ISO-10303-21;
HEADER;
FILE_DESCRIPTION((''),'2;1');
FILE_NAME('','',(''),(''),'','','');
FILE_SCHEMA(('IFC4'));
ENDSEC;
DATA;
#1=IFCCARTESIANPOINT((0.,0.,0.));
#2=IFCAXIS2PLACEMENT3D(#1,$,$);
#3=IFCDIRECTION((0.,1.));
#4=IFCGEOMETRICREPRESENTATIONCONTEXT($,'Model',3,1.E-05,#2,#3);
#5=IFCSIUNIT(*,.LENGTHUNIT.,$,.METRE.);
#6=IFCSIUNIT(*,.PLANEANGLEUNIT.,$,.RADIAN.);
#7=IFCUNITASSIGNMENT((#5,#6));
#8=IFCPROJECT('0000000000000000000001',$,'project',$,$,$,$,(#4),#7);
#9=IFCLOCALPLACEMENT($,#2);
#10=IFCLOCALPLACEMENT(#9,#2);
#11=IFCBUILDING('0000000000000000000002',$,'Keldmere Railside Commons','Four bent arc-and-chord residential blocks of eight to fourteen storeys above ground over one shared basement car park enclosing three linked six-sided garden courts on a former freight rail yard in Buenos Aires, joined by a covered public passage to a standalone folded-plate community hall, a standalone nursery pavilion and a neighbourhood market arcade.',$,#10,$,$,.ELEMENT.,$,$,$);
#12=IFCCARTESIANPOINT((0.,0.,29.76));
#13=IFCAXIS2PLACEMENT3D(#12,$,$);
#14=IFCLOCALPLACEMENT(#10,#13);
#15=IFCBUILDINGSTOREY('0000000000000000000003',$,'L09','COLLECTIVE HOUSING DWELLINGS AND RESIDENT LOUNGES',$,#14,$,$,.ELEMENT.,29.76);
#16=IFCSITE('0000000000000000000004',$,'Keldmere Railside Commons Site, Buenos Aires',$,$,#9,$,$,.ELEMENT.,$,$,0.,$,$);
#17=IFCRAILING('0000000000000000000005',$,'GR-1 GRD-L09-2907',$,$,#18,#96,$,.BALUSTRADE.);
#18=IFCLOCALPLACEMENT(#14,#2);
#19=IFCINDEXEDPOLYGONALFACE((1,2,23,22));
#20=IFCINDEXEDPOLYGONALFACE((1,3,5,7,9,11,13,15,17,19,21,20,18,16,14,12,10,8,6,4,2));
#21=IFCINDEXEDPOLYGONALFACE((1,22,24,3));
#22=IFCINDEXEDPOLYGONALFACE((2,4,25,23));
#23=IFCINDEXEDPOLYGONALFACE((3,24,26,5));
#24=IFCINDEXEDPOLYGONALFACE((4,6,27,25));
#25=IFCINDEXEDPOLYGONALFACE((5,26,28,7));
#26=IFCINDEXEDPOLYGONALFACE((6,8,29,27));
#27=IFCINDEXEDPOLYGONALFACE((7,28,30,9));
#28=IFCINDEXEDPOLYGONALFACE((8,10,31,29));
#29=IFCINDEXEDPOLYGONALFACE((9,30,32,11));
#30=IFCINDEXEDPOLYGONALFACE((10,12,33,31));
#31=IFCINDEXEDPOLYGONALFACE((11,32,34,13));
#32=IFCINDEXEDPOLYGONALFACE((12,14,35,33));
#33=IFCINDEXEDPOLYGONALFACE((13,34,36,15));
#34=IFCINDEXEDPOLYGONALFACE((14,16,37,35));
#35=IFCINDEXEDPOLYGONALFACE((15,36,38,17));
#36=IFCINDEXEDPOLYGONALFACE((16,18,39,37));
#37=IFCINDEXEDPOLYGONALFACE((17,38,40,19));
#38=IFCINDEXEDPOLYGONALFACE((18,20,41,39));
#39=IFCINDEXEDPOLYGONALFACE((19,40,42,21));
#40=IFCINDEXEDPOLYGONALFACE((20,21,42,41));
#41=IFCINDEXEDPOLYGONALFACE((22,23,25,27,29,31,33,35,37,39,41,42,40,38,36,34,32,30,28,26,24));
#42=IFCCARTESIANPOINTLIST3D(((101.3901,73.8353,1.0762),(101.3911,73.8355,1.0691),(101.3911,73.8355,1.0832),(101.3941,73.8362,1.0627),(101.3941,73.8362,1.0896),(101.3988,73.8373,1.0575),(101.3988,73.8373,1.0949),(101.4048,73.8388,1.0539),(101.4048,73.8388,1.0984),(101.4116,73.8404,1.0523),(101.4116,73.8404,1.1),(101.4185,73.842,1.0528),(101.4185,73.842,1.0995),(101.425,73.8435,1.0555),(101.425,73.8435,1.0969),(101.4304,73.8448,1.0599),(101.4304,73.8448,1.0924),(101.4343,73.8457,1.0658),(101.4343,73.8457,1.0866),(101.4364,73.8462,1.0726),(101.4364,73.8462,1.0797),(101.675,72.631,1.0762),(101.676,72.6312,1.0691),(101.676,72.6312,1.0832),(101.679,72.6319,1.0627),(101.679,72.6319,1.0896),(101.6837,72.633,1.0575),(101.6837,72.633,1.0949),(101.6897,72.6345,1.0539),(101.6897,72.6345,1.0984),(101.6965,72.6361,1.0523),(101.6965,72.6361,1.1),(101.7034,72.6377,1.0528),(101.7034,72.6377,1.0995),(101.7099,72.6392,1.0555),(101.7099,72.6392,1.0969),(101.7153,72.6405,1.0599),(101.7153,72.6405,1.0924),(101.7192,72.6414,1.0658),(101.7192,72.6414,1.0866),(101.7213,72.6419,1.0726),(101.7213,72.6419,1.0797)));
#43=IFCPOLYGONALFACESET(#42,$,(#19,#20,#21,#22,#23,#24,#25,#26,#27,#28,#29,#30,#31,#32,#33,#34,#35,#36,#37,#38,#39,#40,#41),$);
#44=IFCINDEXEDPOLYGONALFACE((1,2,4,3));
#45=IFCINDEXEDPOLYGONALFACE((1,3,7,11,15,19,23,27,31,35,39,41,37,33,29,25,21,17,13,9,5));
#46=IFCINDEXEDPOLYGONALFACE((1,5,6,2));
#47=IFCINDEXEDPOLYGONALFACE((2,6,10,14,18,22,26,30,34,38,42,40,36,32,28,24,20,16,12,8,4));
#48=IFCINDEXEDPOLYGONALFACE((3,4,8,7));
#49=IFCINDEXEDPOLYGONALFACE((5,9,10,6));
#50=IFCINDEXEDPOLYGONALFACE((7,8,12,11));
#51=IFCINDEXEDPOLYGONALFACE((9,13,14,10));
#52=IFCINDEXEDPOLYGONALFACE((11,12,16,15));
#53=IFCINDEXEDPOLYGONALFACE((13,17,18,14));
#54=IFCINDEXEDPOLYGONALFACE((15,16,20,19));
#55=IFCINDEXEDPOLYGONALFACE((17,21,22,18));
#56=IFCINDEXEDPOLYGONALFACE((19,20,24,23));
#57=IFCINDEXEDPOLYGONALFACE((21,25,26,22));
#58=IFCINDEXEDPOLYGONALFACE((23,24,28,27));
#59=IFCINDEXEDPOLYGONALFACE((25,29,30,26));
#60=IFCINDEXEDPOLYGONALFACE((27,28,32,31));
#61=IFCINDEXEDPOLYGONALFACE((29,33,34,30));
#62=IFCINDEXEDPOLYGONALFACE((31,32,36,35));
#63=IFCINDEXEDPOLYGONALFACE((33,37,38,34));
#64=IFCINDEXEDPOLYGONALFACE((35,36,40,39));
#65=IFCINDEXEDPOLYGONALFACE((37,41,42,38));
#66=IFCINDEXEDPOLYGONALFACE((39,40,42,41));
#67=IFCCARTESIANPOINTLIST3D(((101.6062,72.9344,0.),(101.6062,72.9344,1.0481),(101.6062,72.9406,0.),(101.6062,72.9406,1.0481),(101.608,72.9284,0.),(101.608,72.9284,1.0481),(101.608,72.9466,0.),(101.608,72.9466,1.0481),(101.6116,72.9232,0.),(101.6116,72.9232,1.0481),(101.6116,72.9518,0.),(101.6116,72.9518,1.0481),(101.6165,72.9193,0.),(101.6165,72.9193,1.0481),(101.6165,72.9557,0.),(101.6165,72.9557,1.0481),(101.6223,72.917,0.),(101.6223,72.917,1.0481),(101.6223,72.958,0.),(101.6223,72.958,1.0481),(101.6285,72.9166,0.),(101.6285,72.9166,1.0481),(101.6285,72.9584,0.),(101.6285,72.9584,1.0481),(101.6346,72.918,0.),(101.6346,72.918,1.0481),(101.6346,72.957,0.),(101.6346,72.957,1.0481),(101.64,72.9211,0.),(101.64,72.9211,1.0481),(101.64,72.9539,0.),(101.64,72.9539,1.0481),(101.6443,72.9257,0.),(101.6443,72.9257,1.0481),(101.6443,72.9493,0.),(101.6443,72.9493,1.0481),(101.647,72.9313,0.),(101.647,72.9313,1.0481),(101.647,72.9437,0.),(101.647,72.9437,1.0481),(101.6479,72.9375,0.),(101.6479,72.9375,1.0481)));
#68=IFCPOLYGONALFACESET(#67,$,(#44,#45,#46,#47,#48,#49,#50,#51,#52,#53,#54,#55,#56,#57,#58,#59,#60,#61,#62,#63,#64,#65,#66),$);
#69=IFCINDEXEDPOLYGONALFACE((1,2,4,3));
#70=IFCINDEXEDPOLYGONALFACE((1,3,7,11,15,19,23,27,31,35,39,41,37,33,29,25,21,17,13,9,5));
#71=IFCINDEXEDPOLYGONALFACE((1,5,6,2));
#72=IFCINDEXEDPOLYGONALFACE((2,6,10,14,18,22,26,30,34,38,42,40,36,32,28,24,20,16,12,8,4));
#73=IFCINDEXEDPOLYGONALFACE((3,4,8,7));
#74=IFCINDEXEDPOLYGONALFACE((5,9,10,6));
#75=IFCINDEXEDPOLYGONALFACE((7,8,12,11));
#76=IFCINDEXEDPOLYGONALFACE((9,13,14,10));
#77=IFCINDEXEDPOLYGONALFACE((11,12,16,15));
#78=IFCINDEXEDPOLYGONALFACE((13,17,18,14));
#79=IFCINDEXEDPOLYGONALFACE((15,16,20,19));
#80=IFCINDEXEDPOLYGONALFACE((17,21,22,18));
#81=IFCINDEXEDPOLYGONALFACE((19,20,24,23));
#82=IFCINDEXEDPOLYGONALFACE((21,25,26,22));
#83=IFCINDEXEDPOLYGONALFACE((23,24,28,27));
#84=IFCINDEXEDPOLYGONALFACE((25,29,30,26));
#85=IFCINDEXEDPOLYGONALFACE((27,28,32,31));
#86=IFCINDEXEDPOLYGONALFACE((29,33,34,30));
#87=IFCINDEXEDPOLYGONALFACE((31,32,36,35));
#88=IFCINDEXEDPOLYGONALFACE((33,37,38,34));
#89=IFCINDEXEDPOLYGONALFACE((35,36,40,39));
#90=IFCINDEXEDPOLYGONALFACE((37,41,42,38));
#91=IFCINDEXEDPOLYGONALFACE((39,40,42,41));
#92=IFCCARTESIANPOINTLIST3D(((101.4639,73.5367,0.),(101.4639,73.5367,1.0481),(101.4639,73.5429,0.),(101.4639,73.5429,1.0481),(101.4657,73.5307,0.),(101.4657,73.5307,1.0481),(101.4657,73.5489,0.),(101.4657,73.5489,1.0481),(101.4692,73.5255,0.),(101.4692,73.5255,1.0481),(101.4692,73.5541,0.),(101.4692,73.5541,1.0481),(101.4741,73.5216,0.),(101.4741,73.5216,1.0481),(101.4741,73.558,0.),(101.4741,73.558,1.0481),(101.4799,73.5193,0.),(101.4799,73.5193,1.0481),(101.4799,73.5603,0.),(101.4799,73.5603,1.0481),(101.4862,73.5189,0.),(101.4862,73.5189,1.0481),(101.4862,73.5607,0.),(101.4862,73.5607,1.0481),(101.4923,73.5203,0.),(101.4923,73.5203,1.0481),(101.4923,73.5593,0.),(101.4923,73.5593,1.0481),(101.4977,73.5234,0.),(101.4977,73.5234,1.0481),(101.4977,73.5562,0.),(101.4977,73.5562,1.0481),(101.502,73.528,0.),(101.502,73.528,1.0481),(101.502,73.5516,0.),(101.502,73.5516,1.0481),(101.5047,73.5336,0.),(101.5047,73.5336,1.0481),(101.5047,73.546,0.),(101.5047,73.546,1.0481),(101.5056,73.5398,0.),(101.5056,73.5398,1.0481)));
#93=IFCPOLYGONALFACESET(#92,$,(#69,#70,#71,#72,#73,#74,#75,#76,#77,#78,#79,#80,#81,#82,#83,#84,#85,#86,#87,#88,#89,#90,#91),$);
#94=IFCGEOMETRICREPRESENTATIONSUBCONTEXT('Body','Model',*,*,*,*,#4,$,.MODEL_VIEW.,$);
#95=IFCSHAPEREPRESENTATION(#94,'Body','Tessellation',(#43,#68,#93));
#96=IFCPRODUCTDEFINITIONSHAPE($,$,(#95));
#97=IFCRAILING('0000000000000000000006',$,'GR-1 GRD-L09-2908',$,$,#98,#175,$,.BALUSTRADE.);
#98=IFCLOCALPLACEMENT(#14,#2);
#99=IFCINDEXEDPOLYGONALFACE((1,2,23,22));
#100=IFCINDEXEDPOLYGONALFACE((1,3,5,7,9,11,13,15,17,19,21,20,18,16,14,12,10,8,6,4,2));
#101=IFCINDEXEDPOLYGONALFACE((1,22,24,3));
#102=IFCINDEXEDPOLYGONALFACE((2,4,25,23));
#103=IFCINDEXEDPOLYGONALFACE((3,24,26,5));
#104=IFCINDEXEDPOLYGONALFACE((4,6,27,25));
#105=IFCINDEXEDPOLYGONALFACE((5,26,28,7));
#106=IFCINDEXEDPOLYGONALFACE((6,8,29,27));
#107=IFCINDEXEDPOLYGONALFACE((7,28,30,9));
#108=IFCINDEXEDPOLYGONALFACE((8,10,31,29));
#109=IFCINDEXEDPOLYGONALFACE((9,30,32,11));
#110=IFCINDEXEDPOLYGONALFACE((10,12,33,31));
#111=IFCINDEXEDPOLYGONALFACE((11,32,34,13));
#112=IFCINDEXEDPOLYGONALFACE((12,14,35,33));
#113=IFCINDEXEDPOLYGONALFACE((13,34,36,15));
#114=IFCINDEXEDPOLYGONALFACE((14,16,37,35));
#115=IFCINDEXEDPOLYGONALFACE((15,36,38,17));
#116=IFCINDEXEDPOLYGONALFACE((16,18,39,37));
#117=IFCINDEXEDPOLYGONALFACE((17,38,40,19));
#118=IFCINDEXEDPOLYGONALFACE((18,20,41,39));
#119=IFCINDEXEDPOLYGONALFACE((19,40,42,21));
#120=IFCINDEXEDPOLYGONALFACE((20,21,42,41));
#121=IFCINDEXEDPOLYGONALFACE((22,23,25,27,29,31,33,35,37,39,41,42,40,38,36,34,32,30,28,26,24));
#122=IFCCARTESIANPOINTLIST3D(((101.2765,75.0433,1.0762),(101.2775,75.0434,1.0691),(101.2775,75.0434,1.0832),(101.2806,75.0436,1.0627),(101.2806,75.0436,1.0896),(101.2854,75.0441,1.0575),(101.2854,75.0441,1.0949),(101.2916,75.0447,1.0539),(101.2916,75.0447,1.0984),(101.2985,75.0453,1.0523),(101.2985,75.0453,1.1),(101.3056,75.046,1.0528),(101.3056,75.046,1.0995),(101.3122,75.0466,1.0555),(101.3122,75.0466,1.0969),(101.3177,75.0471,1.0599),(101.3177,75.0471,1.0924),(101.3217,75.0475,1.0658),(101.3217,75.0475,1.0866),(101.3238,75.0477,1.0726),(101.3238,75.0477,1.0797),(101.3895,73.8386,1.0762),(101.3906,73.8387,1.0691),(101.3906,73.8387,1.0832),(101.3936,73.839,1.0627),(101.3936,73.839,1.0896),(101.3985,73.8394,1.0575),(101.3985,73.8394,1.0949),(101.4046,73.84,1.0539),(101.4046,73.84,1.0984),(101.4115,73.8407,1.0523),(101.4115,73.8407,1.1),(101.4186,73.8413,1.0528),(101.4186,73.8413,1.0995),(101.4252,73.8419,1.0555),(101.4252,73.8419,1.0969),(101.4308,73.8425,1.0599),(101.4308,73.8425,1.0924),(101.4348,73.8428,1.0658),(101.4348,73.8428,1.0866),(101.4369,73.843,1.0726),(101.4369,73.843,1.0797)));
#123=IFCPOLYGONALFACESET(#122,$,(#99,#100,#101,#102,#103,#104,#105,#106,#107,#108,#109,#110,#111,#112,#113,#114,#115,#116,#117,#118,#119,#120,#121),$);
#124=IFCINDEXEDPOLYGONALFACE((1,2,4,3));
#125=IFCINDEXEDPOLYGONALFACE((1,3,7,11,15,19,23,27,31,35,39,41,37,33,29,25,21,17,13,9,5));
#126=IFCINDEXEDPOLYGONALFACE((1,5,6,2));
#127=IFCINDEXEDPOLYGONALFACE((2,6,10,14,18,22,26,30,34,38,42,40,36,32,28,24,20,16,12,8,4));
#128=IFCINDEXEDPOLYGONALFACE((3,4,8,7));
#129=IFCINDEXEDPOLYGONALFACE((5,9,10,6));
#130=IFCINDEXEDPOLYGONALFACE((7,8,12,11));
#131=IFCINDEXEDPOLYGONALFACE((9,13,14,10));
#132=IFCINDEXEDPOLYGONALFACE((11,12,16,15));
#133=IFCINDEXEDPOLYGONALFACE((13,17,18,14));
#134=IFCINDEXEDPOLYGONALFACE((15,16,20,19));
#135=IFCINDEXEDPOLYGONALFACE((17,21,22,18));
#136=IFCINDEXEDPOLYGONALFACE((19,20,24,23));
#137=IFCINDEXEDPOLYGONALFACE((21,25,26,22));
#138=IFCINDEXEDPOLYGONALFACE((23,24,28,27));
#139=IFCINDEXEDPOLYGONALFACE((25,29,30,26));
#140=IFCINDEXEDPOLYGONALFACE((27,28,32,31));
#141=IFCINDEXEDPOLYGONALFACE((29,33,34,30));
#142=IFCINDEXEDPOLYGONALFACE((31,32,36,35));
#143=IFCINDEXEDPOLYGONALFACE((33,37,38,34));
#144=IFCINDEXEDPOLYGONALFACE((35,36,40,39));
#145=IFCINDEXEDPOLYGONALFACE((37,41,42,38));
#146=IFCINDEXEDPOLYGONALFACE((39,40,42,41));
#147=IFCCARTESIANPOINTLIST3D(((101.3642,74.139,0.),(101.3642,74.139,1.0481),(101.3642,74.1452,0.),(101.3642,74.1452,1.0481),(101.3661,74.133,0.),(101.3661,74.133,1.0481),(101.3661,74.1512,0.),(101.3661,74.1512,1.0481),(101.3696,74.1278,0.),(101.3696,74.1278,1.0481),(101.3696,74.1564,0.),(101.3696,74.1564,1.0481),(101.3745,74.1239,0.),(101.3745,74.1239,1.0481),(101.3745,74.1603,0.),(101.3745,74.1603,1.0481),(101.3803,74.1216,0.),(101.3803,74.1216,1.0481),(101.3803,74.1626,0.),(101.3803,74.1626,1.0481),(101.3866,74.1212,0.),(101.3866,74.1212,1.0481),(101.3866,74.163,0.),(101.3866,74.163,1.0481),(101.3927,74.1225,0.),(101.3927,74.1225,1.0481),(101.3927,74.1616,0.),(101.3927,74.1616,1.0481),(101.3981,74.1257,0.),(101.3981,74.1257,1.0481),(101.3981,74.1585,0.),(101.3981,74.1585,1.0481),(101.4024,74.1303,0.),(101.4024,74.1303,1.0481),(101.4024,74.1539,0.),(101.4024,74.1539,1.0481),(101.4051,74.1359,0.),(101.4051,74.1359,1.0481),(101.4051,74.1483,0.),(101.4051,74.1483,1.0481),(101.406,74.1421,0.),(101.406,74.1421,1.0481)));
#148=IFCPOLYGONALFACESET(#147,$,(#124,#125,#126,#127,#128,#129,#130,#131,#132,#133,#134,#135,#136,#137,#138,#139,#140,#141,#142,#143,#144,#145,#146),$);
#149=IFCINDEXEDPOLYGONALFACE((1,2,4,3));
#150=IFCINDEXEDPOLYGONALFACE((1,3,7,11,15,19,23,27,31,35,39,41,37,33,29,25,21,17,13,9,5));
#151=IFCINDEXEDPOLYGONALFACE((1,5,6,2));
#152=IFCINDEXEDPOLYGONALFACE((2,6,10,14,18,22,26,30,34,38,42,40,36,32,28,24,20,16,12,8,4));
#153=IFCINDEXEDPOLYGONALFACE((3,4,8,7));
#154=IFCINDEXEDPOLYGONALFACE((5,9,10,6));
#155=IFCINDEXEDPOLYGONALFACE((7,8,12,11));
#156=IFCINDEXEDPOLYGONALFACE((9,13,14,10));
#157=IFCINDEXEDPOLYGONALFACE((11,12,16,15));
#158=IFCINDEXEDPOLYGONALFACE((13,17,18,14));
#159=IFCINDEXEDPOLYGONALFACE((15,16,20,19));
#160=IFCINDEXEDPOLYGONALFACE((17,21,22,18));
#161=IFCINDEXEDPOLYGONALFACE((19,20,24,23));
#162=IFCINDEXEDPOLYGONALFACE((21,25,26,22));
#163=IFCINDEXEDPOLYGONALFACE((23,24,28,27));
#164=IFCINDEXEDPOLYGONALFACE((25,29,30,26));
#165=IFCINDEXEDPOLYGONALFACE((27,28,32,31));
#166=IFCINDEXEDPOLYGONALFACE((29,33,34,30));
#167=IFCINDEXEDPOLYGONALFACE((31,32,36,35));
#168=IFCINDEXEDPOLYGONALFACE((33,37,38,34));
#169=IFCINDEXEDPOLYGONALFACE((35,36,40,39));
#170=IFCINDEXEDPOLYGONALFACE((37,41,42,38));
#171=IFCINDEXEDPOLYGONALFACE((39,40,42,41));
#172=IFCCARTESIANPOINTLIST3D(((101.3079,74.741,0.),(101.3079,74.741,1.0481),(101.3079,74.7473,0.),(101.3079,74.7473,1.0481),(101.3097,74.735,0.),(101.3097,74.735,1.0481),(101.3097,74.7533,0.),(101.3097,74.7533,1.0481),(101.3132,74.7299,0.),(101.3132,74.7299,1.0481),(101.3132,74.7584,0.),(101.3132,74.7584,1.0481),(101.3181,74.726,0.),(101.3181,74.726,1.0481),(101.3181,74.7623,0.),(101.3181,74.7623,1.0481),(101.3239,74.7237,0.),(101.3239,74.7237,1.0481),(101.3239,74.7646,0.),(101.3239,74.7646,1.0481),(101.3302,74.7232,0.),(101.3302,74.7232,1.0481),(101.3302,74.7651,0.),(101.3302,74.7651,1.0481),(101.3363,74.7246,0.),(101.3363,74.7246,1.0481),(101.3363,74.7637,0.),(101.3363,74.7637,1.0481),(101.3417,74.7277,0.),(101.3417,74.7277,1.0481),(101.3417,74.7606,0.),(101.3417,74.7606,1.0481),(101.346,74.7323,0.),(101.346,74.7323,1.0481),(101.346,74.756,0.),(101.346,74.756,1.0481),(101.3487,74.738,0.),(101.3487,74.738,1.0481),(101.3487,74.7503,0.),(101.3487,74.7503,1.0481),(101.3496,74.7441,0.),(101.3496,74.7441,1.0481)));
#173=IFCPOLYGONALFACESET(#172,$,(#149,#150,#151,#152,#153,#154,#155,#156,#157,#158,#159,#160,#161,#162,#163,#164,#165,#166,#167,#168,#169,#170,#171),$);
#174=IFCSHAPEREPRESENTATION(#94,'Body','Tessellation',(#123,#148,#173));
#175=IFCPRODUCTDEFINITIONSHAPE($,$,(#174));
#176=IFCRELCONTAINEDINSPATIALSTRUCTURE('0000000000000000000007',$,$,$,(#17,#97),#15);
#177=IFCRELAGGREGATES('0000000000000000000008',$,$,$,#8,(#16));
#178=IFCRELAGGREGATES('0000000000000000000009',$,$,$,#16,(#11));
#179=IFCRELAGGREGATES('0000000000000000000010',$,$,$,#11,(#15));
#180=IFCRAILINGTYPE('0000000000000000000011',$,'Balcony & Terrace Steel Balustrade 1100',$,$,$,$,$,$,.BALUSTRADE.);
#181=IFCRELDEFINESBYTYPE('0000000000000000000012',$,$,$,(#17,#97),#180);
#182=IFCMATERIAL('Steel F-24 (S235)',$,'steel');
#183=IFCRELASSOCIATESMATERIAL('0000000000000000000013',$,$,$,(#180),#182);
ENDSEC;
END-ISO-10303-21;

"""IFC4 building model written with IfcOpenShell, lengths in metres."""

from ifc_helpers import new_model, si_unit, direction, frame, origin, origin_2d, place, context, subcontext, project, spatial, circle, extrude, material, type_object, element, save


model = new_model("IFC4")

# Units and contexts
model_context = context("Model", 3, precision=1e-05, world=origin(), true_north=direction((0.0, 1.0)))
body_context = subcontext(model_context, "Body", "Model", "MODEL_VIEW")
ifc_project = project(units=[si_unit("LENGTHUNIT", "METRE"), si_unit("PLANEANGLEUNIT", "RADIAN")], contexts=[model_context])

# Site, building, storey
site_placement = place(None, origin())
site = spatial("IfcSite", under=ifc_project, at=site_placement, Name="Keldmere Railside Commons Site, Buenos Aires", CompositionType="ELEMENT", RefElevation=0.0)
building_placement = place(site_placement, origin())
building = spatial("IfcBuilding", under=site, at=building_placement, Name="Keldmere Railside Commons", Description="Four bent arc-and-chord residential blocks of eight to fourteen storeys above ground over one shared basement car park enclosing three linked six-sided garden courts on a former freight rail yard in Buenos Aires, joined by a covered public passage to a standalone folded-plate community hall, a standalone nursery pavilion and a neighbourhood market arcade.", CompositionType="ELEMENT")
storey_placement = place(building_placement, frame((0.0, 0.0, 29.76)))
storey = spatial("IfcBuildingStorey", under=building, at=storey_placement, Name="L09", Description="COLLECTIVE HOUSING DWELLINGS AND RESIDENT LOUNGES", CompositionType="ELEMENT", Elevation=29.76)

# Railings
ifc_material_1 = material(Name="Steel F-24 (S235)", Category="steel")
railing_type = type_object("IfcRailingType", Name="Balcony & Terrace Steel Balustrade 1100", PredefinedType="BALUSTRADE", material=ifc_material_1)
railing_1_placement = place(storey_placement, frame((101.6982, 72.6365, 0.0)))
element("IfcRailing", 1, at=railing_1_placement, inside=storey, type_object=railing_type, Name="GR-1 GRD-L09-2907", PredefinedType="BALUSTRADE", context=body_context, shape_type="SweptSolid", body=[
    extrude(circle(Radius=0.0239, at=origin_2d()), frame((0.0, 0.0, 1.0762), z_axis=(-0.230216, 0.97314, 0.0), x_axis=(-0.97314, -0.230216, 0.0)), (0.0, 0.0, 1.0), 1.2375),
    extrude(circle(Radius=0.021, at=origin_2d()), frame((-0.0713, 0.301, 0.0)), (0.0, 0.0, 1.0), 1.0481),
    extrude(circle(Radius=0.021, at=origin_2d()), frame((-0.2136, 0.9033, 0.0)), (0.0, 0.0, 1.0), 1.0481),
])
railing_2_placement = place(storey_placement, frame((101.4133, 73.8408, 0.0)))
element("IfcRailing", 2, at=railing_2_placement, inside=storey, type_object=railing_type, Name="GR-1 GRD-L09-2908", PredefinedType="BALUSTRADE", context=body_context, shape_type="SweptSolid", body=[
    extrude(circle(Radius=0.0239, at=origin_2d()), frame((0.0, 0.0, 1.0762), z_axis=(-0.093428, 0.995626, 0.0), x_axis=(-0.995626, -0.093428, 0.0)), (0.0, 0.0, 1.0), 1.21),
    extrude(circle(Radius=0.021, at=origin_2d()), frame((-0.0283, 0.3013, 0.0)), (0.0, 0.0, 1.0), 1.0481),
    extrude(circle(Radius=0.021, at=origin_2d()), frame((-0.0847, 0.9033, 0.0)), (0.0, 0.0, 1.0), 1.0481),
])

save(model, "model.ifc")
